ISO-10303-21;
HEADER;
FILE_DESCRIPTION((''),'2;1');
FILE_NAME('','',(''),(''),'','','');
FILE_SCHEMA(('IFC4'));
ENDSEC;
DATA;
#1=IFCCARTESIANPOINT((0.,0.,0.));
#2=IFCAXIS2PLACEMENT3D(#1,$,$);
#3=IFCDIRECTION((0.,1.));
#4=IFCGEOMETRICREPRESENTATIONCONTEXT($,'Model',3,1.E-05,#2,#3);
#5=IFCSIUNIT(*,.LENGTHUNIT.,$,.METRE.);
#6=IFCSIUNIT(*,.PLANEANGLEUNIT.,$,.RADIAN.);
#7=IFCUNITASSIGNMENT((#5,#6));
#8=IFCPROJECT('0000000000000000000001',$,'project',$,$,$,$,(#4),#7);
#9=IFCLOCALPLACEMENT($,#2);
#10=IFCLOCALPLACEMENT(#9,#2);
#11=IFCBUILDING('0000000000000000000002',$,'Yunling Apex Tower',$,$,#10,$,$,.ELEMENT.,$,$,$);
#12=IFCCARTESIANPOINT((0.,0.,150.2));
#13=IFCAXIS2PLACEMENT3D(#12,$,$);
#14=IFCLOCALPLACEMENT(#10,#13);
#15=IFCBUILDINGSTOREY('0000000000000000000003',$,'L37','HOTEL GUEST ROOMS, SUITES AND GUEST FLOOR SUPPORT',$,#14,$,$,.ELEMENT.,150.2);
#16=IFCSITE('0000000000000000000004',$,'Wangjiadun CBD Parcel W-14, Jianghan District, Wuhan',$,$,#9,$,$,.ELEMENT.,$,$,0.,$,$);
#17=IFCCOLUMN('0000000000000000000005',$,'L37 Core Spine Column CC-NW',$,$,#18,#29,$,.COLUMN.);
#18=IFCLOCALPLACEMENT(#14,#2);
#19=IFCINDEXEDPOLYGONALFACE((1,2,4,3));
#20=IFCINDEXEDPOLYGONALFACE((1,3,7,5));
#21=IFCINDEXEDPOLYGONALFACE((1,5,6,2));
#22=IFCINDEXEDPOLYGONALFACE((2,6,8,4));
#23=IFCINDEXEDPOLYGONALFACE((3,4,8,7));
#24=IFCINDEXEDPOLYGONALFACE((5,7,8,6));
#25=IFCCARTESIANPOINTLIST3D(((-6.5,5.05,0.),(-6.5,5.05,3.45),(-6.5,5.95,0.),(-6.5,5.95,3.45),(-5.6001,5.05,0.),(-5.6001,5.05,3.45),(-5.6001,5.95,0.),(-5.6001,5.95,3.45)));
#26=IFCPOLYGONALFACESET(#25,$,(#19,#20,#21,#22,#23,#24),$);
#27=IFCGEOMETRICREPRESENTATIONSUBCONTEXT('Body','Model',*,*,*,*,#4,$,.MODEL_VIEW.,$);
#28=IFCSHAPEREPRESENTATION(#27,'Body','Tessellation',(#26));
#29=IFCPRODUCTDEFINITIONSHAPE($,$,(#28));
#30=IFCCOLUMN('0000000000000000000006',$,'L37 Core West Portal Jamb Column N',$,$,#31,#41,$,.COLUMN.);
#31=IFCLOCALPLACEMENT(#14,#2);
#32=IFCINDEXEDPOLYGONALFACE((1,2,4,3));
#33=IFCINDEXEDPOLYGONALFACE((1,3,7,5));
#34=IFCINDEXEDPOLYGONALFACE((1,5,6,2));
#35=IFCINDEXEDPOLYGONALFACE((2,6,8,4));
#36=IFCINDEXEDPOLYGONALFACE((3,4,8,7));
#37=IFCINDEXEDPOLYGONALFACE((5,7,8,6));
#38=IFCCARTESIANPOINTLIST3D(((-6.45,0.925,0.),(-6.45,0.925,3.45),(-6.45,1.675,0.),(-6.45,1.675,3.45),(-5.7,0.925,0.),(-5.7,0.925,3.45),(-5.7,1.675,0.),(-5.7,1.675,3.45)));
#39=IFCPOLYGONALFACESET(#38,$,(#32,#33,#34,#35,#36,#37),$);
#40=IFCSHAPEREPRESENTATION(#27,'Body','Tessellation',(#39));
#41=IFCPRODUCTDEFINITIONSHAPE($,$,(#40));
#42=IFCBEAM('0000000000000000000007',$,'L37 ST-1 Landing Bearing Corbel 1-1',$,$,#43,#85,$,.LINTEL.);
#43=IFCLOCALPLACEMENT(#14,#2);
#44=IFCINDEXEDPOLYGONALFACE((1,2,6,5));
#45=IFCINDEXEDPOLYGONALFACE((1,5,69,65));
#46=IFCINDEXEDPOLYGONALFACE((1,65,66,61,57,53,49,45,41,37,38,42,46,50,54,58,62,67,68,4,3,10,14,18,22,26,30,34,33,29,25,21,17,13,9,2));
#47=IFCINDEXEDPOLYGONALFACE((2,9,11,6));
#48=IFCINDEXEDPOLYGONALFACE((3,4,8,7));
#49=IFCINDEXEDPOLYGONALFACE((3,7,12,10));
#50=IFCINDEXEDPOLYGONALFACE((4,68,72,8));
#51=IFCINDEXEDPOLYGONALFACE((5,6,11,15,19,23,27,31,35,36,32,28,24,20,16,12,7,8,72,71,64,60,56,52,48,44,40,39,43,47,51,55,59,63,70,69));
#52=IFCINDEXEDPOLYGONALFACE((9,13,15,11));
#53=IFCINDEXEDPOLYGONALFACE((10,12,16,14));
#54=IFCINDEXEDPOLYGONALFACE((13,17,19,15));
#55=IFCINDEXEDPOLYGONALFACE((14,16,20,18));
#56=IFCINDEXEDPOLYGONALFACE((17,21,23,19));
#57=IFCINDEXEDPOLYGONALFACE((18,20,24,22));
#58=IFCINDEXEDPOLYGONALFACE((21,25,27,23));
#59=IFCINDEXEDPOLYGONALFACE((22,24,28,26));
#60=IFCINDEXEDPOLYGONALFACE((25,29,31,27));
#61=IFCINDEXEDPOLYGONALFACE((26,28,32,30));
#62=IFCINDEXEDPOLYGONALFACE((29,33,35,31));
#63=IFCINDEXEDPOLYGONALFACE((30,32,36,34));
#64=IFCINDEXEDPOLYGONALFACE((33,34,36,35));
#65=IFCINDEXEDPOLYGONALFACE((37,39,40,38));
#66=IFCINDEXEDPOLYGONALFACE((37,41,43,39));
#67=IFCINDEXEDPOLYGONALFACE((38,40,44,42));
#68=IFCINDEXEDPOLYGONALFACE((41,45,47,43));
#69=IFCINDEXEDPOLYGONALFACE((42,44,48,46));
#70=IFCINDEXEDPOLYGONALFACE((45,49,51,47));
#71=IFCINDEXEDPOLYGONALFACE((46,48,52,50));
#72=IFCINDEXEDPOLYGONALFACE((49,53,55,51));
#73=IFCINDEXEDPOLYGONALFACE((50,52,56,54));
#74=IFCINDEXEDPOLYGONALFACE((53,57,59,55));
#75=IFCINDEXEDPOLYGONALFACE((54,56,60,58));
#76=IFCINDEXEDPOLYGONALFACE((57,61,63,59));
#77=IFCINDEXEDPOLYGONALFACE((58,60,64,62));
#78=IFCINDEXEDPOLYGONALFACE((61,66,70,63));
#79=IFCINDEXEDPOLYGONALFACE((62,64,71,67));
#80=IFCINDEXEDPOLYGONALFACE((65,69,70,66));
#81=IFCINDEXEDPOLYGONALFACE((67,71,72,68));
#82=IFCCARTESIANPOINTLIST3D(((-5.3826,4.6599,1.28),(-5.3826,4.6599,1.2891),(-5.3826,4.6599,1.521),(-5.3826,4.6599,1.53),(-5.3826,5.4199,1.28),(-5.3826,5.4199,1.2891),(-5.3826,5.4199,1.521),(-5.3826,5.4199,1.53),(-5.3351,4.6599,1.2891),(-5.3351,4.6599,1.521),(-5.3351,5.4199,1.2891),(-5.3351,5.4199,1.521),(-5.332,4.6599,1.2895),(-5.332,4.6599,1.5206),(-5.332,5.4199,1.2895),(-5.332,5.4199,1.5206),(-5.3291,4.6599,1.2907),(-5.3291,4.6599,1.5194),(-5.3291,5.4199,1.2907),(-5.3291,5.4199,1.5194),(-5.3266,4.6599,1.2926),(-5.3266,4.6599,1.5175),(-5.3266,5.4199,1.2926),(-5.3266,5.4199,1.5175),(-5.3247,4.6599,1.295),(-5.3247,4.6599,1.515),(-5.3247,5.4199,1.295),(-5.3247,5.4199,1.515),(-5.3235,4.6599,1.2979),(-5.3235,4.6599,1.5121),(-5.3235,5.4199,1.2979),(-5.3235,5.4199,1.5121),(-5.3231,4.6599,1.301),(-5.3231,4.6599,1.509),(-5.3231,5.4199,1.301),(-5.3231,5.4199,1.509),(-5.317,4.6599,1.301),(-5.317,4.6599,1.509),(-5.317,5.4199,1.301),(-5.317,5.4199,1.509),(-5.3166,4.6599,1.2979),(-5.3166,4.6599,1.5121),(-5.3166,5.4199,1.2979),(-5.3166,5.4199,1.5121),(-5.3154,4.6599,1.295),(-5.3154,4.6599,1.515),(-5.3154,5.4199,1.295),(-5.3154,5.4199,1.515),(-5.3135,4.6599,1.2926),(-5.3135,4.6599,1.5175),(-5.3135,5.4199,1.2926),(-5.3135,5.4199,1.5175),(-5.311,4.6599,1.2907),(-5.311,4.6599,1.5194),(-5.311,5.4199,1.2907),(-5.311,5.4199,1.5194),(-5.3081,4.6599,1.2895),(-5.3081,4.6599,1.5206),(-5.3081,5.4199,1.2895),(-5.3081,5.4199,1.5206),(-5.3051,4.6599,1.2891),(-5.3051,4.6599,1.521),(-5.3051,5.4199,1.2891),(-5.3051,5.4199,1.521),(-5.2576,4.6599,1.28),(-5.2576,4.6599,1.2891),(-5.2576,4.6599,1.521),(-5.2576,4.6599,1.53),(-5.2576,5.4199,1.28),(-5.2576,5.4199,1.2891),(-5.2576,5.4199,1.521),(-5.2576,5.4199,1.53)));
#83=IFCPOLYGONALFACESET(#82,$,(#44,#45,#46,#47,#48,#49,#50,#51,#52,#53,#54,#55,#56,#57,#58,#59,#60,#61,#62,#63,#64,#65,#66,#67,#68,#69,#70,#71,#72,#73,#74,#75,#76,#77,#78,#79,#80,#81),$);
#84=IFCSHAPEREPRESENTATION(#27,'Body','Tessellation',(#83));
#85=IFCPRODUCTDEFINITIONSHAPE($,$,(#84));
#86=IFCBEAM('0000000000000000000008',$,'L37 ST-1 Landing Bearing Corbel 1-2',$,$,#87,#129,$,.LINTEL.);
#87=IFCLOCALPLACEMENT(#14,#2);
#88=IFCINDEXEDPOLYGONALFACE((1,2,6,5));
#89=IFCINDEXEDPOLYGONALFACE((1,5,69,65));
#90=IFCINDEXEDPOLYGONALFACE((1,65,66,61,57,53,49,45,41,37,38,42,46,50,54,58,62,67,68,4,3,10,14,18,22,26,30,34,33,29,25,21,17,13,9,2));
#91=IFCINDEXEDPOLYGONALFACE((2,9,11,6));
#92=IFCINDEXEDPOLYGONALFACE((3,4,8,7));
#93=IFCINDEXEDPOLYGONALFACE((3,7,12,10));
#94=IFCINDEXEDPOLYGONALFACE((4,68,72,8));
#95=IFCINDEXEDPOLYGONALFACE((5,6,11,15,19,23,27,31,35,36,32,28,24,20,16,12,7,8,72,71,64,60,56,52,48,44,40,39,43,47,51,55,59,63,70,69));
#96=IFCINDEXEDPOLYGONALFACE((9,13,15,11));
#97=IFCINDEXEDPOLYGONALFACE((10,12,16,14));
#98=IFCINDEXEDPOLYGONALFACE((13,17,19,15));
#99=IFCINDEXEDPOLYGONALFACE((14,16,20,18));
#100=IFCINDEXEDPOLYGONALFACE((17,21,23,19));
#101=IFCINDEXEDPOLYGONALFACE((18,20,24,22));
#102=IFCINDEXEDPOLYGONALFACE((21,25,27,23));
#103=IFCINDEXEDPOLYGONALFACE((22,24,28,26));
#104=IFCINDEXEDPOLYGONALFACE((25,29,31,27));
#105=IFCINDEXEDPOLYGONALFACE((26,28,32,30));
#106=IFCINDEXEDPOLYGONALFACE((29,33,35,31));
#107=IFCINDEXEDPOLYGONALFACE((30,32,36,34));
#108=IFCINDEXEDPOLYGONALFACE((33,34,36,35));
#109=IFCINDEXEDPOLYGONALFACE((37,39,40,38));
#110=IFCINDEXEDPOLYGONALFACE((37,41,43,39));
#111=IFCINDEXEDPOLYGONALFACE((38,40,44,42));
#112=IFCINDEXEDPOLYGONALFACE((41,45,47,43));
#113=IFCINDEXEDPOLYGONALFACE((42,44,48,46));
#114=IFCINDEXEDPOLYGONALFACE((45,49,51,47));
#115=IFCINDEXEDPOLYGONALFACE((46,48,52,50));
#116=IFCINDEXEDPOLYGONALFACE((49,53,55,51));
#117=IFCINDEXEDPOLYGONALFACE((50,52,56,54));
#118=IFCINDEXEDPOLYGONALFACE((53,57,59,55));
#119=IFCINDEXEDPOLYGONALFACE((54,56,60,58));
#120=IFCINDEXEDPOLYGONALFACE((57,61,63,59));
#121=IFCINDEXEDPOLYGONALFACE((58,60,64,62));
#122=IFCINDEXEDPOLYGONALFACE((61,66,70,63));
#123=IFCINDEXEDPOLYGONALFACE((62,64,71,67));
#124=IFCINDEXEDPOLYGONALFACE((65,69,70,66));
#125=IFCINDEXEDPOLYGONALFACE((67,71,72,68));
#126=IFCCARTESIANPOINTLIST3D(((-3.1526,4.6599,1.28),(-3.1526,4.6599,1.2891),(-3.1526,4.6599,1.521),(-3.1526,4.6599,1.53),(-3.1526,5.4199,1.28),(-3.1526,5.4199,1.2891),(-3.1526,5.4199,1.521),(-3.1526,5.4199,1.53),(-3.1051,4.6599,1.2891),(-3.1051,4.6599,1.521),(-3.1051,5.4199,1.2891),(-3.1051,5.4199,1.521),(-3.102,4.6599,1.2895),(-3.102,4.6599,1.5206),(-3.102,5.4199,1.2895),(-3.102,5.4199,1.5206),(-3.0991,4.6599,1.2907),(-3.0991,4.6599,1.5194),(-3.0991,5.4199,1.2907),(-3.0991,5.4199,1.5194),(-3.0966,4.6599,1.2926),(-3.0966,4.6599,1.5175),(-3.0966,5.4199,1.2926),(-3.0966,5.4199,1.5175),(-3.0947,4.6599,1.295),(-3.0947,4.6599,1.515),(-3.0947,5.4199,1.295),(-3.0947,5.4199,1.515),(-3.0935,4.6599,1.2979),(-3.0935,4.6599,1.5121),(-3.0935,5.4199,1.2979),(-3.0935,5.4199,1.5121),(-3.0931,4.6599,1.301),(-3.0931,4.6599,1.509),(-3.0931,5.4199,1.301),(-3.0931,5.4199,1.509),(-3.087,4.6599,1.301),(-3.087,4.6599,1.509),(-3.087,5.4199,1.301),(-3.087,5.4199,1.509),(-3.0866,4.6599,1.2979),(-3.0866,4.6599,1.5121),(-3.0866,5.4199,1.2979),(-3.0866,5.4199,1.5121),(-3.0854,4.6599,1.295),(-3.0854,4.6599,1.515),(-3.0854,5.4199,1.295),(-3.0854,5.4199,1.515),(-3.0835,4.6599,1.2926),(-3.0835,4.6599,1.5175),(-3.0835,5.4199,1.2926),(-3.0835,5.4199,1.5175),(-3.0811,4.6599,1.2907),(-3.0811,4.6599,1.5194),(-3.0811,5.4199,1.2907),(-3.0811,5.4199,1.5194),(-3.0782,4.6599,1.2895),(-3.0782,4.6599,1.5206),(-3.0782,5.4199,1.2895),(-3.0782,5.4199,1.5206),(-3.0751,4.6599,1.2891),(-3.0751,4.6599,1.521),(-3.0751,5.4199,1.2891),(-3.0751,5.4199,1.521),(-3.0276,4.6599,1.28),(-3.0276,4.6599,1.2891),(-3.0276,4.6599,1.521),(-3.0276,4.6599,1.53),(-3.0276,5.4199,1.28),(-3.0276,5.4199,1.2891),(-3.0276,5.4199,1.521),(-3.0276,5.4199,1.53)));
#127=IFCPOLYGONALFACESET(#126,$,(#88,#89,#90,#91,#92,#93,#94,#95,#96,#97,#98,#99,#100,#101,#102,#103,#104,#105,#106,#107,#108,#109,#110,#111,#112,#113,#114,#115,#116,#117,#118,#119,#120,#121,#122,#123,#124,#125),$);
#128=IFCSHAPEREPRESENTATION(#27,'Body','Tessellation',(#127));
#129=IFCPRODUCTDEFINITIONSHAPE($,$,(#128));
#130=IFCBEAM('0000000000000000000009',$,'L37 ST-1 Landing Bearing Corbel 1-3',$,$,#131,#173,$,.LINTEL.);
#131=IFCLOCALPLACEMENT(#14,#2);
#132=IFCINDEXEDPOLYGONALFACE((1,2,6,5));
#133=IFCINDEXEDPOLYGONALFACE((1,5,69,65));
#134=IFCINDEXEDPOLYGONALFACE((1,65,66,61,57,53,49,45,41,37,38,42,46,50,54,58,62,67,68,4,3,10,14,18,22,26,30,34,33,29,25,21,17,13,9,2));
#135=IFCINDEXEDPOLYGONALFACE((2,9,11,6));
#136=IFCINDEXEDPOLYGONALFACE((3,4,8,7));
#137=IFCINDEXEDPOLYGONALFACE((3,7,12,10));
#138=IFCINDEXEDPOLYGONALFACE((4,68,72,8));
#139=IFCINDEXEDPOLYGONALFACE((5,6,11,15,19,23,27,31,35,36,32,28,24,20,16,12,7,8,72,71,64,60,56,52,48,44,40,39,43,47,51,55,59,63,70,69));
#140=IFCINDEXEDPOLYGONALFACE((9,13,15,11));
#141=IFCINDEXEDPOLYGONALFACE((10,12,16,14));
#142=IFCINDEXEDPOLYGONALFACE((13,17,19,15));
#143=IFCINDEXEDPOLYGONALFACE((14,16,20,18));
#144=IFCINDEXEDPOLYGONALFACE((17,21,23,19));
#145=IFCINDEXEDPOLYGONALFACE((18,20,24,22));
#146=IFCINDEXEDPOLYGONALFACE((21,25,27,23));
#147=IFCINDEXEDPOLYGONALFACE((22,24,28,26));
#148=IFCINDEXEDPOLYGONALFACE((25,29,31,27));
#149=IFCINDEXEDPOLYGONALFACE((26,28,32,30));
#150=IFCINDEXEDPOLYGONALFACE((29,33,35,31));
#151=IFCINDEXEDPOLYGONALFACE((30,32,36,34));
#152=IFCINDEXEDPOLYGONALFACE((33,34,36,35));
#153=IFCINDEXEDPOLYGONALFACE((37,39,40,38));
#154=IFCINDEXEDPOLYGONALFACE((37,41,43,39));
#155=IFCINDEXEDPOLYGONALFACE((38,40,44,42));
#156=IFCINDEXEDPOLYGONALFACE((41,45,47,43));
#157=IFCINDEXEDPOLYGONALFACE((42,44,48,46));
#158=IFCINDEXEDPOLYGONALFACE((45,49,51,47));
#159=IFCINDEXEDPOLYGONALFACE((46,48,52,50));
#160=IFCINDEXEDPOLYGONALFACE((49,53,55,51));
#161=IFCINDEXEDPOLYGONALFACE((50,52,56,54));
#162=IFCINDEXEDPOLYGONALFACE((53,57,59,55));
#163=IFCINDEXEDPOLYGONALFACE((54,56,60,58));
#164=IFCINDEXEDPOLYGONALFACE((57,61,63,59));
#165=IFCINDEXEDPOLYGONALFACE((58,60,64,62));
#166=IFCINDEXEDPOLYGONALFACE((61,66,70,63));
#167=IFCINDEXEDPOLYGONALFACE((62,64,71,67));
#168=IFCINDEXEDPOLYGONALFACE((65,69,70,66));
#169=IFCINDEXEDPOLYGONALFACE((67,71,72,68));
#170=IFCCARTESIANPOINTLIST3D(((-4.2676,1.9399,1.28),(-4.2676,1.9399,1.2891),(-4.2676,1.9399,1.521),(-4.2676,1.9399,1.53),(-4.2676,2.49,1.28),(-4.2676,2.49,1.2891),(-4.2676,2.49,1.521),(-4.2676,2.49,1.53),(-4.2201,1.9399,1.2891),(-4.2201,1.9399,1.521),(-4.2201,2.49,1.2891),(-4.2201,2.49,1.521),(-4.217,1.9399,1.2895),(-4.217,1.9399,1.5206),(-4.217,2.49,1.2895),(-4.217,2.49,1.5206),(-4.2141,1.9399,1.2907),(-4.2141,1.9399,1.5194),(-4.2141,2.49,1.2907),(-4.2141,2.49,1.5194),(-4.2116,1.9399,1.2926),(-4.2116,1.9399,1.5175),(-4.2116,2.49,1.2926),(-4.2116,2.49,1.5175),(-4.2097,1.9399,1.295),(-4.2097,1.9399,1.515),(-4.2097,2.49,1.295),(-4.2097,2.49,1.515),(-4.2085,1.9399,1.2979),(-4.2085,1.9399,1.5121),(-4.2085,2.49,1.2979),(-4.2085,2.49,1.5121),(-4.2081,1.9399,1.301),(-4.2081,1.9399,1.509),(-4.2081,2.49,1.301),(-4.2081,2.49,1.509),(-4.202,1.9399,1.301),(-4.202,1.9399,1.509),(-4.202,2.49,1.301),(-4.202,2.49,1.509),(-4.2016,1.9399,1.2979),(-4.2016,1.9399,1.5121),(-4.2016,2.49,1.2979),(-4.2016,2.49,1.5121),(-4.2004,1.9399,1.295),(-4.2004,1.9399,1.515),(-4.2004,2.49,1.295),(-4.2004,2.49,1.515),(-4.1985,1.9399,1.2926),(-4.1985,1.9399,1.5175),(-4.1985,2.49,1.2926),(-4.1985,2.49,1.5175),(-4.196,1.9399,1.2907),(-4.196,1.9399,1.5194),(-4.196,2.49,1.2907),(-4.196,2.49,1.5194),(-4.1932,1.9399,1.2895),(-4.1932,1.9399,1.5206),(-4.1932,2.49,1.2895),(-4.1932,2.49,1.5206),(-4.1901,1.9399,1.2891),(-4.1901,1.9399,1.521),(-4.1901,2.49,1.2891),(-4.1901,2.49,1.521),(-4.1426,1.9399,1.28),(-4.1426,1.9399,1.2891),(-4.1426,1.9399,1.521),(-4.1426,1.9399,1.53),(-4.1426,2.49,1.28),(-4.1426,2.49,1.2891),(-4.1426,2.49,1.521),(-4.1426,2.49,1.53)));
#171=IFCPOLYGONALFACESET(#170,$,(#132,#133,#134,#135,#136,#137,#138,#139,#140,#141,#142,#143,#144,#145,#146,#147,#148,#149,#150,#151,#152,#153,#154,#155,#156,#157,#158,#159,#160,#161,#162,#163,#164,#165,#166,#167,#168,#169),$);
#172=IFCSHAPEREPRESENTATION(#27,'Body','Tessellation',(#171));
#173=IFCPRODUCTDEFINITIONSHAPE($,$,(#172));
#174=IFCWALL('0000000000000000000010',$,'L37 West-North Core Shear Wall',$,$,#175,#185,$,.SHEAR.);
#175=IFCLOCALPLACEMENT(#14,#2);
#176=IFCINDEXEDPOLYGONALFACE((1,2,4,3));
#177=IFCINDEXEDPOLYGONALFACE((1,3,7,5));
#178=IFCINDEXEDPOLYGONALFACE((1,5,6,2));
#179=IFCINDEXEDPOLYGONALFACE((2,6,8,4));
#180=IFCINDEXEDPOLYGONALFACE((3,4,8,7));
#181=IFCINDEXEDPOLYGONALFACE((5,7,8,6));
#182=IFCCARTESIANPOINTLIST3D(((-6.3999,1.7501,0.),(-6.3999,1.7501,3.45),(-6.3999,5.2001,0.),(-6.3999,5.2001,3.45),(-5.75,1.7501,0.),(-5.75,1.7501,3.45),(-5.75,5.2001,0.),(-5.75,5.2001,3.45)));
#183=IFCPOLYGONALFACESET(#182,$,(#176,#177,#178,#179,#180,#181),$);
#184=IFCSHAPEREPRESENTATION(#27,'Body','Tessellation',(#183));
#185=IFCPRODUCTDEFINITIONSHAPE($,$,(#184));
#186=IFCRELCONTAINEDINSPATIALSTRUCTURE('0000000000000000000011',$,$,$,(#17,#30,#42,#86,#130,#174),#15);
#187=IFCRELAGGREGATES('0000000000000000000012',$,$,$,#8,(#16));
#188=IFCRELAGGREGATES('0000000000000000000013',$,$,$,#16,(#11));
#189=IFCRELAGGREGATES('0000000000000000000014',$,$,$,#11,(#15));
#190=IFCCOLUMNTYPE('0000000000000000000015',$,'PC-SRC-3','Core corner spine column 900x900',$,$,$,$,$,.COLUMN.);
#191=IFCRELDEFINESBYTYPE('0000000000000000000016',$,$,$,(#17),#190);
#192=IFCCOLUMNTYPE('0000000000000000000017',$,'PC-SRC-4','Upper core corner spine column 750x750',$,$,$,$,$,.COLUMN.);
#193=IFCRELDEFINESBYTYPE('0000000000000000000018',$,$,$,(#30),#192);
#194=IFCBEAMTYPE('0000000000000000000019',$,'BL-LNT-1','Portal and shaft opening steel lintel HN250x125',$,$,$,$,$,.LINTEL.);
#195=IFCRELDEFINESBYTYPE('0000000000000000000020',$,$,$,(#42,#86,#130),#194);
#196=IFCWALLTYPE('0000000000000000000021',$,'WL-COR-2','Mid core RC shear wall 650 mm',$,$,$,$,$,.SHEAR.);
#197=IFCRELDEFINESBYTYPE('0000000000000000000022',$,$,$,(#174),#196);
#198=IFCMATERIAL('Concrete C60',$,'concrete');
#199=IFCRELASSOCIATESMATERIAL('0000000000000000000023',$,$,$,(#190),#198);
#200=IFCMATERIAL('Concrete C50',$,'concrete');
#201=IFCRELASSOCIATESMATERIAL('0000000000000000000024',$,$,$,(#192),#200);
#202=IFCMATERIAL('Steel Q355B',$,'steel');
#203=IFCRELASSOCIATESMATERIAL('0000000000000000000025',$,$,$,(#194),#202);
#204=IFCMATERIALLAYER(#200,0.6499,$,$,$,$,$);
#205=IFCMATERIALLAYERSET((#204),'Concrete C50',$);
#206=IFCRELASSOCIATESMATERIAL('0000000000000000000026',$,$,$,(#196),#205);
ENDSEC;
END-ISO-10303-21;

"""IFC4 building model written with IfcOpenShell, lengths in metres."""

from ifc_helpers import new_model, si_unit, direction, frame, frame_2d, origin, origin_2d, place, context, subcontext, project, spatial, rectangle, i_section, extrude, source, transform, mapped, material, layer, layer_set, material_profile, profile_set, type_object, element, save


model = new_model("IFC4")

# Units and contexts
model_context = context("Model", 3, precision=1e-05, world=origin(), true_north=direction((0.0, 1.0)))
body_context = subcontext(model_context, "Body", "Model", "MODEL_VIEW")
ifc_project = project(units=[si_unit("LENGTHUNIT", "METRE"), si_unit("PLANEANGLEUNIT", "RADIAN")], contexts=[model_context])

# Site, building, storey
site_placement = place(None, origin())
site = spatial("IfcSite", under=ifc_project, at=site_placement, Name="Wangjiadun CBD Parcel W-14, Jianghan District, Wuhan", CompositionType="ELEMENT", RefElevation=0.0)
building_placement = place(site_placement, origin())
building = spatial("IfcBuilding", under=site, at=building_placement, Name="Yunling Apex Tower", CompositionType="ELEMENT")
storey_placement = place(building_placement, frame((0.0, 0.0, 150.2)))
storey = spatial("IfcBuildingStorey", under=building, at=storey_placement, Name="L37", Description="HOTEL GUEST ROOMS, SUITES AND GUEST FLOOR SUPPORT", CompositionType="ELEMENT", Elevation=150.2)

# Columns
ifc_material_1 = material(Name="Concrete C60", Category="concrete")
ifc_material_profile_1 = material_profile(ifc_material_1, rectangle(XDim=0.8999, YDim=0.8999, at=origin_2d()))
ifc_profile_set_1 = profile_set([ifc_material_profile_1], Name="Concrete C60")
column_type_1 = type_object("IfcColumnType", Name="PC-SRC-3", Description="Core corner spine column 900x900", PredefinedType="COLUMN", material=ifc_profile_set_1)
shared_shape_1 = source(origin(), body_context, "Body", "SweptSolid", [
    extrude(rectangle(XDim=0.8999, YDim=0.8999, at=origin_2d()), origin(), (0.0, 0.0, 1.0), 3.45),
])
column_1_placement = place(storey_placement, frame((-6.05, 5.5, 0.0), z_axis=(0.0, 0.0, 1.0), x_axis=(1.0, 0.0, 0.0)))
element("IfcColumn", 1, at=column_1_placement, inside=storey, type_object=column_type_1, Name="L37 Core Spine Column CC-NW", PredefinedType="COLUMN", context=body_context, shape_type="MappedRepresentation", body=[
    mapped(shared_shape_1, transform((0.0, 0.0, 0.0), scale=1.0)),
])
ifc_material_2 = material(Name="Concrete C50", Category="concrete")
ifc_material_profile_2 = material_profile(ifc_material_2, rectangle(XDim=0.75, YDim=0.75, at=origin_2d()))
ifc_profile_set_2 = profile_set([ifc_material_profile_2], Name="Concrete C50")
column_type_2 = type_object("IfcColumnType", Name="PC-SRC-4", Description="Upper core corner spine column 750x750", PredefinedType="COLUMN", material=ifc_profile_set_2)
shared_shape_2 = source(origin(), body_context, "Body", "SweptSolid", [
    extrude(rectangle(XDim=0.75, YDim=0.75, at=origin_2d()), origin(), (0.0, 0.0, 1.0), 3.45),
])
column_2_placement = place(storey_placement, frame((-6.075, 1.3, 0.0), z_axis=(0.0, 0.0, 1.0), x_axis=(1.0, 0.0, 0.0)))
element("IfcColumn", 2, at=column_2_placement, inside=storey, type_object=column_type_2, Name="L37 Core West Portal Jamb Column N", PredefinedType="COLUMN", context=body_context, shape_type="MappedRepresentation", body=[
    mapped(shared_shape_2, transform((0.0, 0.0, 0.0), scale=1.0)),
])

# Beams
ifc_material_3 = material(Name="Steel Q355B", Category="steel")
ifc_material_profile_3 = material_profile(ifc_material_3, i_section(OverallWidth=0.125, OverallDepth=0.25, WebThickness=0.0061, FlangeThickness=0.009, FilletRadius=0.012, at=origin_2d()))
ifc_profile_set_3 = profile_set([ifc_material_profile_3], Name="Steel Q355B")
beam_type = type_object("IfcBeamType", Name="BL-LNT-1", Description="Portal and shaft opening steel lintel HN250x125", PredefinedType="LINTEL", material=ifc_profile_set_3)
shared_shape_3 = source(origin(), body_context, "Body", "SweptSolid", [
    extrude(i_section(OverallWidth=0.125, OverallDepth=0.25, WebThickness=0.0061, FlangeThickness=0.009, FilletRadius=0.012, at=origin_2d()), origin(), (0.0, 0.0, 1.0), 0.76),
])
for number, where, z_axis, x_axis, name in (
    (3, (-5.3201, 5.4199, 1.405), (0.0, -1.0, 0.0), (1.0, 0.0, 0.0), "L37 ST-1 Landing Bearing Corbel 1-1"),
    (4, (-3.0901, 5.4199, 1.405), (0.0, -1.0, 0.0), (1.0, 0.0, 0.0), "L37 ST-1 Landing Bearing Corbel 1-2"),
):
    element("IfcBeam", number, at=place(storey_placement, frame(where, z_axis=z_axis, x_axis=x_axis)), inside=storey, type_object=beam_type, Name=name, PredefinedType="LINTEL", context=body_context, shape_type="MappedRepresentation", body=[
        mapped(shared_shape_3, transform((0.0, 0.0, 0.0), scale=1.0)),
    ])
shared_shape_4 = source(origin(), body_context, "Body", "SweptSolid", [
    extrude(i_section(OverallWidth=0.125, OverallDepth=0.25, WebThickness=0.0061, FlangeThickness=0.009, FilletRadius=0.012, at=origin_2d()), origin(), (0.0, 0.0, 1.0), 0.55),
])
beam_placement = place(storey_placement, frame((-4.2051, 1.9399, 1.405), z_axis=(0.0, 1.0, 0.0), x_axis=(-1.0, 0.0, 0.0)))
element("IfcBeam", 5, at=beam_placement, inside=storey, type_object=beam_type, Name="L37 ST-1 Landing Bearing Corbel 1-3", PredefinedType="LINTEL", context=body_context, shape_type="MappedRepresentation", body=[
    mapped(shared_shape_4, transform((0.0, 0.0, 0.0), scale=1.0)),
])

# Wall
ifc_layer_1 = layer(ifc_material_2, 0.6499)
ifc_layer_set_1 = layer_set([ifc_layer_1], Name="Concrete C50")
wall_type_1 = type_object("IfcWallType", Name="WL-COR-2", Description="Mid core RC shear wall 650 mm", PredefinedType="SHEAR", material=ifc_layer_set_1)
wall_1_placement = place(storey_placement, frame((-6.075, 1.75, 0.0), z_axis=(0.0, 0.0, 1.0), x_axis=(0.0, 1.0, 0.0)))
element("IfcWall", 6, at=wall_1_placement, inside=storey, type_object=wall_type_1, Name="L37 West-North Core Shear Wall", PredefinedType="SHEAR", context=body_context, shape_type="SweptSolid", body=[
    extrude(rectangle(XDim=3.45, YDim=0.6499, at=frame_2d((1.7251, 0.0))), origin(), (0.0, 0.0, 1.0), 3.45),
])

save(model, "model.ifc")
